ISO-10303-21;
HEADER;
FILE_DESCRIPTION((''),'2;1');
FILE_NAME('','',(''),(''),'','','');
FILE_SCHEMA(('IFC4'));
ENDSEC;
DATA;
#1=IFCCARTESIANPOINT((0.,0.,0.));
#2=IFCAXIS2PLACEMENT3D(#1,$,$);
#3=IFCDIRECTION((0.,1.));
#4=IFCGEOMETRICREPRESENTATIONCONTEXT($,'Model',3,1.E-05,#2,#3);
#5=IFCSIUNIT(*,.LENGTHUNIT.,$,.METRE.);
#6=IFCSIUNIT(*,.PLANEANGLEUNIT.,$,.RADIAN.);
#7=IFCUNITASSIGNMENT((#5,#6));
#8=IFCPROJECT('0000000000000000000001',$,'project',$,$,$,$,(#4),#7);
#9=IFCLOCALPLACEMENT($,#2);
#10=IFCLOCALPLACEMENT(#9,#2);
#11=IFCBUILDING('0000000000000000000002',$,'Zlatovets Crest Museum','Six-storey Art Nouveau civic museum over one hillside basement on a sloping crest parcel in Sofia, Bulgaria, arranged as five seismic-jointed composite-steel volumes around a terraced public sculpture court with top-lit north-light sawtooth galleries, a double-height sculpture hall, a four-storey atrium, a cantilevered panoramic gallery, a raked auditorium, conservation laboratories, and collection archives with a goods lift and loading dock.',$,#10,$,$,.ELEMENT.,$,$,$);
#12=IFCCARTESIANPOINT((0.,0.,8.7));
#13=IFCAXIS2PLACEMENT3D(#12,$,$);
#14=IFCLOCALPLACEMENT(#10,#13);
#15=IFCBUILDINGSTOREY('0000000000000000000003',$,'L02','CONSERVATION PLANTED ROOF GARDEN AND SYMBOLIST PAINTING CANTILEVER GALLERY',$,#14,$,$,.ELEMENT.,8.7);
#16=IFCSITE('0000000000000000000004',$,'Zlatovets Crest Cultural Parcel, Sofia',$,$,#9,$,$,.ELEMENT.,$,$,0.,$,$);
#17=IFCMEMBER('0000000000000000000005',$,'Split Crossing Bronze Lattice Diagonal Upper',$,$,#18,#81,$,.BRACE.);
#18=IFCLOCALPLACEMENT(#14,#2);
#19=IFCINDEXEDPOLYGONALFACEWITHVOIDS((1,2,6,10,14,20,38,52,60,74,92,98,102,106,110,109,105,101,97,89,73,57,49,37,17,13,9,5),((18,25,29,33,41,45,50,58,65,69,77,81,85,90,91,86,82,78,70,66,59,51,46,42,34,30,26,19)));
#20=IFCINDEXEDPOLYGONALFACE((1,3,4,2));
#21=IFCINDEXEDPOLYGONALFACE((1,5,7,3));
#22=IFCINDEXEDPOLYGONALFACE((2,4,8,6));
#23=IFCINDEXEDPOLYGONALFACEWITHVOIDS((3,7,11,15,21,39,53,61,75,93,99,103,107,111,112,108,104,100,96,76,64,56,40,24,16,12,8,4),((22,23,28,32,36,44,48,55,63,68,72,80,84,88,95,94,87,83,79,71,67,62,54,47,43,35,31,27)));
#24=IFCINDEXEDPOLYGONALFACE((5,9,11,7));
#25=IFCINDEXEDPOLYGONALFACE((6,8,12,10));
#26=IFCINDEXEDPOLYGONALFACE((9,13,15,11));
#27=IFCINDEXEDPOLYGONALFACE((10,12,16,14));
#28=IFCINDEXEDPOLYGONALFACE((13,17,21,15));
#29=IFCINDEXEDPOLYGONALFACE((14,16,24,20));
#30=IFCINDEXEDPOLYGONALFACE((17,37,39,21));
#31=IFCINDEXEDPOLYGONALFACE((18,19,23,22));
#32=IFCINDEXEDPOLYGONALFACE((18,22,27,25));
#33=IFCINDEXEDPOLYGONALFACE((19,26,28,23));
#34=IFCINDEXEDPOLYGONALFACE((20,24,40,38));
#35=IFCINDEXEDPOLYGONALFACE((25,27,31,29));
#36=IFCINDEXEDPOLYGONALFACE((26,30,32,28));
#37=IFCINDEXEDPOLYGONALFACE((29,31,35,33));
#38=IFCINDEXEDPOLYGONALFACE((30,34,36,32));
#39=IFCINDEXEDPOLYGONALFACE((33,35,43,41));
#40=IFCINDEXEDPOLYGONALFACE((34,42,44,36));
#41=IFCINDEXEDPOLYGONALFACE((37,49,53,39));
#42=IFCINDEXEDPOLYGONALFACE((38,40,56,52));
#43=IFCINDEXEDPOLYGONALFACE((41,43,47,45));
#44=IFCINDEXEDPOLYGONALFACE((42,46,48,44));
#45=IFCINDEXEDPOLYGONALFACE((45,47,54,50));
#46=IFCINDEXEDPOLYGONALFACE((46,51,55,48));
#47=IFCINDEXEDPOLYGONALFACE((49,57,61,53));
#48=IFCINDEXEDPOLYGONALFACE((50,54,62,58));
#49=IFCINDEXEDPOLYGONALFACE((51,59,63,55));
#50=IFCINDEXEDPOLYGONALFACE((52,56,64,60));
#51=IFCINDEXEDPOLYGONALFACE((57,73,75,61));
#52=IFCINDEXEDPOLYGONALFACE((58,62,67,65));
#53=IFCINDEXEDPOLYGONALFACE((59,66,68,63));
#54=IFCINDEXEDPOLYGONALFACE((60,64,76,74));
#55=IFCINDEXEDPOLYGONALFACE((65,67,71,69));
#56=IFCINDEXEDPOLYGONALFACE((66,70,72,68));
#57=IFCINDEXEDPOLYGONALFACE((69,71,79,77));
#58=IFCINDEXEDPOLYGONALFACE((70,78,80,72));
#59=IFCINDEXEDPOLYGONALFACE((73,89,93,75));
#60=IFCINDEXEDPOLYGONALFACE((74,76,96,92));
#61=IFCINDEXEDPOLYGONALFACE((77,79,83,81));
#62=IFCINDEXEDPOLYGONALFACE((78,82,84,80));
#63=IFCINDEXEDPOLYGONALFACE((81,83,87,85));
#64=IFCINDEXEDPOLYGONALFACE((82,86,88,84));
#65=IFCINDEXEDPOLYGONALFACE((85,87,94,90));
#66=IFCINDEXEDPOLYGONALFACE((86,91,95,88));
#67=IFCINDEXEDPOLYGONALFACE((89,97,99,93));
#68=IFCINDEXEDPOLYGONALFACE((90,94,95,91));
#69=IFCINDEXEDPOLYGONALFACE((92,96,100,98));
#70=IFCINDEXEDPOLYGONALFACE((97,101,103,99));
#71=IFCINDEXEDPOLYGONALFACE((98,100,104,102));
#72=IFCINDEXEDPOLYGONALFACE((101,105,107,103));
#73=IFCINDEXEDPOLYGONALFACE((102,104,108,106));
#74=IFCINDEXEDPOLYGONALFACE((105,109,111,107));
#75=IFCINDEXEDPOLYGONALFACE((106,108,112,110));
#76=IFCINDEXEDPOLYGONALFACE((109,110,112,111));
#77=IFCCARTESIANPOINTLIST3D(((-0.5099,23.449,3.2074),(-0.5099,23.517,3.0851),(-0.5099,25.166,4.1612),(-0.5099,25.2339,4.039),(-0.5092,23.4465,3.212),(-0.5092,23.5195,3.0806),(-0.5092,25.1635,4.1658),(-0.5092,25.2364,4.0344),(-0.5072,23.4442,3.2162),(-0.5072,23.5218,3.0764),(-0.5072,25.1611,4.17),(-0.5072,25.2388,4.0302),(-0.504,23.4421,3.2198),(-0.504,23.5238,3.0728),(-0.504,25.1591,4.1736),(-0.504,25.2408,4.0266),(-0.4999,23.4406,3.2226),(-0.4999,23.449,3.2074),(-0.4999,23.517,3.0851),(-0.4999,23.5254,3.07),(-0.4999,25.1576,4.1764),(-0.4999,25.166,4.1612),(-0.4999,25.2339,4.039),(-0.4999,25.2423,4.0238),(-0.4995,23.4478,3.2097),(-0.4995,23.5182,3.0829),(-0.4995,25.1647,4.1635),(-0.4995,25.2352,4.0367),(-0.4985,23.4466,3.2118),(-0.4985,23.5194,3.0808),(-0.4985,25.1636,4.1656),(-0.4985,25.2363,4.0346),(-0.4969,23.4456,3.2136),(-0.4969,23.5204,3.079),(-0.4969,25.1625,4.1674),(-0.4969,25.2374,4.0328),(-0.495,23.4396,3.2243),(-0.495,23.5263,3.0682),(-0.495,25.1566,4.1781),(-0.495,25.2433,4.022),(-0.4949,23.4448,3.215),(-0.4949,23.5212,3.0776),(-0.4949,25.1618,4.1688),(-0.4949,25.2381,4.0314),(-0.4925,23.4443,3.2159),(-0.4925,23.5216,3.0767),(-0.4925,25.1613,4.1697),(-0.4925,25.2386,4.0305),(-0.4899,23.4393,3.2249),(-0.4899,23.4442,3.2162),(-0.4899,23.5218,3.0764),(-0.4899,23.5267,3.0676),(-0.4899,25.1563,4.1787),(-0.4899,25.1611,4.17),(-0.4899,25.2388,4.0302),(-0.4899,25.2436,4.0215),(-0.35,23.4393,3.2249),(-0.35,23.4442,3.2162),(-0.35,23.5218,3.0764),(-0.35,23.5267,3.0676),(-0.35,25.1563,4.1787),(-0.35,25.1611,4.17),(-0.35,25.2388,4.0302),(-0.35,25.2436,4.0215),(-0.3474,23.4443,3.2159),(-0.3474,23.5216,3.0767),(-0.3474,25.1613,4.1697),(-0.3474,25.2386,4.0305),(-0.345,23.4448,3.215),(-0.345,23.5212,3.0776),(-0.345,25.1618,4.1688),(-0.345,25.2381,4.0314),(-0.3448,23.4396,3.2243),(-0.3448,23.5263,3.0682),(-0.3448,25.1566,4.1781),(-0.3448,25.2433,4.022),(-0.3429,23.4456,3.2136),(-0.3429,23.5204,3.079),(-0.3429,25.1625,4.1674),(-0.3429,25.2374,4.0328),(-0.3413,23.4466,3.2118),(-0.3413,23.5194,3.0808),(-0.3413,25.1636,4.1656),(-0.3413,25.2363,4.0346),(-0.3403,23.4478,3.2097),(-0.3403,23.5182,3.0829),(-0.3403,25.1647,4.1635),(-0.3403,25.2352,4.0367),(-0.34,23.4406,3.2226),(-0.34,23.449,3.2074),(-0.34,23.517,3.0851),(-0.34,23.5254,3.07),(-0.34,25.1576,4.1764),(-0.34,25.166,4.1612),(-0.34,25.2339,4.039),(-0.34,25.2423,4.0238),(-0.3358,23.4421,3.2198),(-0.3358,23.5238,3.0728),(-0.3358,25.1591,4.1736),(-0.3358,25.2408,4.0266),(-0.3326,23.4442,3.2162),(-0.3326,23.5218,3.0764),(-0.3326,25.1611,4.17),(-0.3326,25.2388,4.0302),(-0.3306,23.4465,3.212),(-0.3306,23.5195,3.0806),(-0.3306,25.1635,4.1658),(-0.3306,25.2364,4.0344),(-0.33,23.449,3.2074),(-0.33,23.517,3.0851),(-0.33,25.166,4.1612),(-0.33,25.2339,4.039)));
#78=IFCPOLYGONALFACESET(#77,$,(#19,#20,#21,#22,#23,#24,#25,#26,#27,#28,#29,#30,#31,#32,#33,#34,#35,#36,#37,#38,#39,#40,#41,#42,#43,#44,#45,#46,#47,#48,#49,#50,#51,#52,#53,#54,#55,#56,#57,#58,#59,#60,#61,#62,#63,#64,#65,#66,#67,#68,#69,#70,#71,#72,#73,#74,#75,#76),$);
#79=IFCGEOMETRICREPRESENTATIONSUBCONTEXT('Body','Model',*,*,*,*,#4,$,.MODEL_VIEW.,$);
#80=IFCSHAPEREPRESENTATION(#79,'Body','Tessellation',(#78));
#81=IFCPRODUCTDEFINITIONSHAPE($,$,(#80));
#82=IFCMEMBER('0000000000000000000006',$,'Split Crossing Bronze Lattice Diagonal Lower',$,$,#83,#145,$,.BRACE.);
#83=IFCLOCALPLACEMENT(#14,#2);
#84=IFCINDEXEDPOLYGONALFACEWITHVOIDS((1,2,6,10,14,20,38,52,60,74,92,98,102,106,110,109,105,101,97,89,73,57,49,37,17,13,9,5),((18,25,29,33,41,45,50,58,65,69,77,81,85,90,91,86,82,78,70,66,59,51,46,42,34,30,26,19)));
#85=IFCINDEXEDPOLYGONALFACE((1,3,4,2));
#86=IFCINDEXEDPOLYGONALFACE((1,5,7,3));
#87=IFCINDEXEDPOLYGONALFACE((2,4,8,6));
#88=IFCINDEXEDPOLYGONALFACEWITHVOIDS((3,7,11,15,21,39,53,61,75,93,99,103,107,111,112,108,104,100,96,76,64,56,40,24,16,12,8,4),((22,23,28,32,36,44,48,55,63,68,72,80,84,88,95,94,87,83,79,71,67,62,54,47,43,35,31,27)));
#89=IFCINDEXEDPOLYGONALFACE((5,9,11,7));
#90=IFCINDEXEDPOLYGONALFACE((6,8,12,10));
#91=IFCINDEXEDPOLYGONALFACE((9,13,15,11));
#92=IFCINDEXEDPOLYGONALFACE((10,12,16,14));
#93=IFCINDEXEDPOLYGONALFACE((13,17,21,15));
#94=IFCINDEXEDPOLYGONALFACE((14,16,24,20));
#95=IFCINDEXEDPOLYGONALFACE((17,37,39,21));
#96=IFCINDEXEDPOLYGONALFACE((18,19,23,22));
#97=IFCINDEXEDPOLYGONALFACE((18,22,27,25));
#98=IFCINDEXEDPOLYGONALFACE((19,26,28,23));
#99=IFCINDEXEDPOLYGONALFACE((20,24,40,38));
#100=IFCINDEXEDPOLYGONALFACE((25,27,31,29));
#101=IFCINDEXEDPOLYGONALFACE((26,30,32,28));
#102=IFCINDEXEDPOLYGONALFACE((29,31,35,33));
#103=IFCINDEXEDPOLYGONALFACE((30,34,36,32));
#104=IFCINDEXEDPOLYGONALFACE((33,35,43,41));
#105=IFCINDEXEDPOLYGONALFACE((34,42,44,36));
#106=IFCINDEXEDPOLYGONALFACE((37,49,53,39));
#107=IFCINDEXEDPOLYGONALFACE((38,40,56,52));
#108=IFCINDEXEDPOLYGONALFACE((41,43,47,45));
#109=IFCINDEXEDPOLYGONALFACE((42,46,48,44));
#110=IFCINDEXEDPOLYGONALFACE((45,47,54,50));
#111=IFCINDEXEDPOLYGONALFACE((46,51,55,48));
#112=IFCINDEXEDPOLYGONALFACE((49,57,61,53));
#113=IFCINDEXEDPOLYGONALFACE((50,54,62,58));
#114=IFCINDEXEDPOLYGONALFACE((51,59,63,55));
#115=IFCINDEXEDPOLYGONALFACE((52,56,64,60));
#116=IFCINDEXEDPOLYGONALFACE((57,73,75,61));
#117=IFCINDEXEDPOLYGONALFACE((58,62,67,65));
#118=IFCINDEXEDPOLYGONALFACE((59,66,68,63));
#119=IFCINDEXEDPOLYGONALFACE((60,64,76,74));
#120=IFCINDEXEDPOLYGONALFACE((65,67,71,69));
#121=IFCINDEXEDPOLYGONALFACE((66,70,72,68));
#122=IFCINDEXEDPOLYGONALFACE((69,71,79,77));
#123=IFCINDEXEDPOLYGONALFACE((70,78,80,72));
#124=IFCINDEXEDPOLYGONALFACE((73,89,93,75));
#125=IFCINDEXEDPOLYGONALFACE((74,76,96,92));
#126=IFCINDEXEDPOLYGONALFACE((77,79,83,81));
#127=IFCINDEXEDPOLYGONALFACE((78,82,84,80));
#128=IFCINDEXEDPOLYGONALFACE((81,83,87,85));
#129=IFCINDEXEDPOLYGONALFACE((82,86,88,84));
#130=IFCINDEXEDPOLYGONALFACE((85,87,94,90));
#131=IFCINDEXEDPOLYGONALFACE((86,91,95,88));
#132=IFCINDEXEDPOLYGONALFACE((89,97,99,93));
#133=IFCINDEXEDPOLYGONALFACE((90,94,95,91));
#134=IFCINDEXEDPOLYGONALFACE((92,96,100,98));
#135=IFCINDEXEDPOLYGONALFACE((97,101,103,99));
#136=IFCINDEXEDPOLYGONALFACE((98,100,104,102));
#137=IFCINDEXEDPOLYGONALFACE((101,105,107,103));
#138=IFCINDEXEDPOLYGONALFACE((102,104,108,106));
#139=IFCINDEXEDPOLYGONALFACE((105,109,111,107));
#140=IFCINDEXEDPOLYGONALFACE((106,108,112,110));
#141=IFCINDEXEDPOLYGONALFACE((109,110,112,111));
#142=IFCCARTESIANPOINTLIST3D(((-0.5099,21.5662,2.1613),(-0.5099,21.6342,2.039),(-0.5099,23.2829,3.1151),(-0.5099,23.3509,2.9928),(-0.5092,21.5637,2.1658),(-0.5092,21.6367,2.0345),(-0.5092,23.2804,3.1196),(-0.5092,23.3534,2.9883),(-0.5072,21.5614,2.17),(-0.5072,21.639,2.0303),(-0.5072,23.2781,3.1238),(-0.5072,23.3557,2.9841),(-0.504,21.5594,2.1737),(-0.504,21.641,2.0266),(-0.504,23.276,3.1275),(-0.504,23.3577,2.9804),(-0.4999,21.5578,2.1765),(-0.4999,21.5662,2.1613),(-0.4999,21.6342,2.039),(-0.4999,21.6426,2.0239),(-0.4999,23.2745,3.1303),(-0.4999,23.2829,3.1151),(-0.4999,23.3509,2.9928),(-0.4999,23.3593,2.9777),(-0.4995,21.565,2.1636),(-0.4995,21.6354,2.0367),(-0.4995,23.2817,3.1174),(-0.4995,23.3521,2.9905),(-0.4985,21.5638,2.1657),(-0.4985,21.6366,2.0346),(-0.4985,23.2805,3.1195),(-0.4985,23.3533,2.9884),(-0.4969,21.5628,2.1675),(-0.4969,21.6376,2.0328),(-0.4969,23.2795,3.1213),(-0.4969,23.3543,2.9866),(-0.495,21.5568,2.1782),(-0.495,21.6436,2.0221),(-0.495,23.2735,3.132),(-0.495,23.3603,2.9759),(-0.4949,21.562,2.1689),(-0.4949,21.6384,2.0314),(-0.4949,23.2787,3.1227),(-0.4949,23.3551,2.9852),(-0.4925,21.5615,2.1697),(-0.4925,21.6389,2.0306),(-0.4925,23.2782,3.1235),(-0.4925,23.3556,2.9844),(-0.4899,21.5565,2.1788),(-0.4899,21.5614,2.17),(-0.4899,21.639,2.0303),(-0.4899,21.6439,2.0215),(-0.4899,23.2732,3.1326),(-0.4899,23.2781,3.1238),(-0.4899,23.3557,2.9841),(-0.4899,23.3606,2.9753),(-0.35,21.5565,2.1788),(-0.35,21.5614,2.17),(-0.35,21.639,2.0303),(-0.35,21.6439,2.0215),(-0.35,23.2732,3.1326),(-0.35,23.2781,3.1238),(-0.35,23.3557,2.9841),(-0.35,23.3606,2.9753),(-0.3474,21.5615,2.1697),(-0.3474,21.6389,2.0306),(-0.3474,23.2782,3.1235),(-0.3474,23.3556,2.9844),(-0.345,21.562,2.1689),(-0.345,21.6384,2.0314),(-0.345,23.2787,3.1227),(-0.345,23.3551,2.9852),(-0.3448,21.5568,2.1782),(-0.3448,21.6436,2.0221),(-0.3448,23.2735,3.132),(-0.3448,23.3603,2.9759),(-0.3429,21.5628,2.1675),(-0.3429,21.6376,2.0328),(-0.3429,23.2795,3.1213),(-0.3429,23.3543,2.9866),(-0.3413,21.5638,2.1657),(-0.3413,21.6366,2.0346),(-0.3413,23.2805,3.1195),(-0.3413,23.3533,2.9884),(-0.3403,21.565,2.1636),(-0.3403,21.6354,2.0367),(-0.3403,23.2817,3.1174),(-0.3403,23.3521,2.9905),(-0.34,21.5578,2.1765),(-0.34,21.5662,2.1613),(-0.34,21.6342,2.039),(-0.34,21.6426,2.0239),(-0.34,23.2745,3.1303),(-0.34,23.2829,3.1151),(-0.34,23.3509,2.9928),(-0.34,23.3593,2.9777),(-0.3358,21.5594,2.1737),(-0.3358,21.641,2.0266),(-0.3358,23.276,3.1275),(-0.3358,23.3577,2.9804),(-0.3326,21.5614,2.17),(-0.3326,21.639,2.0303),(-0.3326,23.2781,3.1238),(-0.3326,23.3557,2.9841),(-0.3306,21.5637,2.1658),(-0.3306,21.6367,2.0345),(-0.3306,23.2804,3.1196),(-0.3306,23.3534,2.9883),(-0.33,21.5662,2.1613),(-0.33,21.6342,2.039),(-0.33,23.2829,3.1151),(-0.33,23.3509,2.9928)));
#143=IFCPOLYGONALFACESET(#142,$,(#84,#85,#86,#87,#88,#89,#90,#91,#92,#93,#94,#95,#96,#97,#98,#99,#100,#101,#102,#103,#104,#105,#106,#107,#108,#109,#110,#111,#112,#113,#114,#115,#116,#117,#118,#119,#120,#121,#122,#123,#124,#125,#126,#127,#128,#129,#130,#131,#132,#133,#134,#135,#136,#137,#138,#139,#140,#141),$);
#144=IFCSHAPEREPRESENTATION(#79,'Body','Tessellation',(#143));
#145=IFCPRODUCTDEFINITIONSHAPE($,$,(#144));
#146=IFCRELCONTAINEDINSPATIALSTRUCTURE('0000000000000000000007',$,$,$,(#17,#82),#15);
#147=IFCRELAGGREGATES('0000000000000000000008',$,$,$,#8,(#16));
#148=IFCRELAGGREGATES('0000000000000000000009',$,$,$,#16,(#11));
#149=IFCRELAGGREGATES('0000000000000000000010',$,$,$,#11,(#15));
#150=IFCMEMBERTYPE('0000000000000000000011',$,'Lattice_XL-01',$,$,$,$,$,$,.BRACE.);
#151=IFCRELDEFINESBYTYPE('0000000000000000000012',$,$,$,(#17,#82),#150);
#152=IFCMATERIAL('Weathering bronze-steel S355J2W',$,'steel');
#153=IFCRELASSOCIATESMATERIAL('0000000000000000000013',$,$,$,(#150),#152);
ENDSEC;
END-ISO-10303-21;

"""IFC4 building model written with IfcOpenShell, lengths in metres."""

from ifc_helpers import new_model, si_unit, direction, frame, origin, origin_2d, place, context, subcontext, project, spatial, hollow_rectangle, extrude, material, material_profile, profile_set, type_object, element, save


model = new_model("IFC4")

# Units and contexts
model_context = context("Model", 3, precision=1e-05, world=origin(), true_north=direction((0.0, 1.0)))
body_context = subcontext(model_context, "Body", "Model", "MODEL_VIEW")
ifc_project = project(units=[si_unit("LENGTHUNIT", "METRE"), si_unit("PLANEANGLEUNIT", "RADIAN")], contexts=[model_context])

# Site, building, storey
site_placement = place(None, origin())
site = spatial("IfcSite", under=ifc_project, at=site_placement, Name="Zlatovets Crest Cultural Parcel, Sofia", CompositionType="ELEMENT", RefElevation=0.0)
building_placement = place(site_placement, origin())
building = spatial("IfcBuilding", under=site, at=building_placement, Name="Zlatovets Crest Museum", Description="Six-storey Art Nouveau civic museum over one hillside basement on a sloping crest parcel in Sofia, Bulgaria, arranged as five seismic-jointed composite-steel volumes around a terraced public sculpture court with top-lit north-light sawtooth galleries, a double-height sculpture hall, a four-storey atrium, a cantilevered panoramic gallery, a raked auditorium, conservation laboratories, and collection archives with a goods lift and loading dock.", CompositionType="ELEMENT")
storey_placement = place(building_placement, frame((0.0, 0.0, 8.7)))
storey = spatial("IfcBuildingStorey", under=building, at=storey_placement, Name="L02", Description="CONSERVATION PLANTED ROOF GARDEN AND SYMBOLIST PAINTING CANTILEVER GALLERY", CompositionType="ELEMENT", Elevation=8.7)

# Members
ifc_material_1 = material(Name="Weathering bronze-steel S355J2W", Category="steel")
ifc_material_profile_1 = material_profile(ifc_material_1, hollow_rectangle(XDim=0.1799, YDim=0.1799, WallThickness=0.01, InnerFilletRadius=0.01, OuterFilletRadius=0.02, at=origin_2d()), Name="SHS 180x180x10.0")
ifc_profile_set_1 = profile_set([ifc_material_profile_1], Name="Weathering bronze-steel S355J2W")
member_type_1 = type_object("IfcMemberType", Name="Lattice_XL-01", PredefinedType="BRACE", material=ifc_profile_set_1)
member_1_placement = place(storey_placement, frame((-0.4199, 25.2, 4.1001), z_axis=(0.0, -0.874169, -0.485622), x_axis=(1.0, 0.0, 0.0)))
element("IfcMember", 1, at=member_1_placement, inside=storey, type_object=member_type_1, Name="Split Crossing Bronze Lattice Diagonal Upper", PredefinedType="BRACE", context=body_context, shape_type="SweptSolid", body=[
    extrude(hollow_rectangle(XDim=0.1799, YDim=0.1799, WallThickness=0.01, InnerFilletRadius=0.01, OuterFilletRadius=0.02, at=origin_2d()), origin(), (0.0, 0.0, 1.0), 1.9641),
])
member_2_placement = place(storey_placement, frame((-0.4199, 23.3169, 3.054), z_axis=(0.0, -0.87414, -0.485675), x_axis=(1.0, 0.0, 0.0)))
element("IfcMember", 2, at=member_2_placement, inside=storey, type_object=member_type_1, Name="Split Crossing Bronze Lattice Diagonal Lower", PredefinedType="BRACE", context=body_context, shape_type="SweptSolid", body=[
    extrude(hollow_rectangle(XDim=0.1799, YDim=0.1799, WallThickness=0.01, InnerFilletRadius=0.01, OuterFilletRadius=0.02, at=origin_2d()), origin(), (0.0, 0.0, 1.0), 1.9639),
])

save(model, "model.ifc")
